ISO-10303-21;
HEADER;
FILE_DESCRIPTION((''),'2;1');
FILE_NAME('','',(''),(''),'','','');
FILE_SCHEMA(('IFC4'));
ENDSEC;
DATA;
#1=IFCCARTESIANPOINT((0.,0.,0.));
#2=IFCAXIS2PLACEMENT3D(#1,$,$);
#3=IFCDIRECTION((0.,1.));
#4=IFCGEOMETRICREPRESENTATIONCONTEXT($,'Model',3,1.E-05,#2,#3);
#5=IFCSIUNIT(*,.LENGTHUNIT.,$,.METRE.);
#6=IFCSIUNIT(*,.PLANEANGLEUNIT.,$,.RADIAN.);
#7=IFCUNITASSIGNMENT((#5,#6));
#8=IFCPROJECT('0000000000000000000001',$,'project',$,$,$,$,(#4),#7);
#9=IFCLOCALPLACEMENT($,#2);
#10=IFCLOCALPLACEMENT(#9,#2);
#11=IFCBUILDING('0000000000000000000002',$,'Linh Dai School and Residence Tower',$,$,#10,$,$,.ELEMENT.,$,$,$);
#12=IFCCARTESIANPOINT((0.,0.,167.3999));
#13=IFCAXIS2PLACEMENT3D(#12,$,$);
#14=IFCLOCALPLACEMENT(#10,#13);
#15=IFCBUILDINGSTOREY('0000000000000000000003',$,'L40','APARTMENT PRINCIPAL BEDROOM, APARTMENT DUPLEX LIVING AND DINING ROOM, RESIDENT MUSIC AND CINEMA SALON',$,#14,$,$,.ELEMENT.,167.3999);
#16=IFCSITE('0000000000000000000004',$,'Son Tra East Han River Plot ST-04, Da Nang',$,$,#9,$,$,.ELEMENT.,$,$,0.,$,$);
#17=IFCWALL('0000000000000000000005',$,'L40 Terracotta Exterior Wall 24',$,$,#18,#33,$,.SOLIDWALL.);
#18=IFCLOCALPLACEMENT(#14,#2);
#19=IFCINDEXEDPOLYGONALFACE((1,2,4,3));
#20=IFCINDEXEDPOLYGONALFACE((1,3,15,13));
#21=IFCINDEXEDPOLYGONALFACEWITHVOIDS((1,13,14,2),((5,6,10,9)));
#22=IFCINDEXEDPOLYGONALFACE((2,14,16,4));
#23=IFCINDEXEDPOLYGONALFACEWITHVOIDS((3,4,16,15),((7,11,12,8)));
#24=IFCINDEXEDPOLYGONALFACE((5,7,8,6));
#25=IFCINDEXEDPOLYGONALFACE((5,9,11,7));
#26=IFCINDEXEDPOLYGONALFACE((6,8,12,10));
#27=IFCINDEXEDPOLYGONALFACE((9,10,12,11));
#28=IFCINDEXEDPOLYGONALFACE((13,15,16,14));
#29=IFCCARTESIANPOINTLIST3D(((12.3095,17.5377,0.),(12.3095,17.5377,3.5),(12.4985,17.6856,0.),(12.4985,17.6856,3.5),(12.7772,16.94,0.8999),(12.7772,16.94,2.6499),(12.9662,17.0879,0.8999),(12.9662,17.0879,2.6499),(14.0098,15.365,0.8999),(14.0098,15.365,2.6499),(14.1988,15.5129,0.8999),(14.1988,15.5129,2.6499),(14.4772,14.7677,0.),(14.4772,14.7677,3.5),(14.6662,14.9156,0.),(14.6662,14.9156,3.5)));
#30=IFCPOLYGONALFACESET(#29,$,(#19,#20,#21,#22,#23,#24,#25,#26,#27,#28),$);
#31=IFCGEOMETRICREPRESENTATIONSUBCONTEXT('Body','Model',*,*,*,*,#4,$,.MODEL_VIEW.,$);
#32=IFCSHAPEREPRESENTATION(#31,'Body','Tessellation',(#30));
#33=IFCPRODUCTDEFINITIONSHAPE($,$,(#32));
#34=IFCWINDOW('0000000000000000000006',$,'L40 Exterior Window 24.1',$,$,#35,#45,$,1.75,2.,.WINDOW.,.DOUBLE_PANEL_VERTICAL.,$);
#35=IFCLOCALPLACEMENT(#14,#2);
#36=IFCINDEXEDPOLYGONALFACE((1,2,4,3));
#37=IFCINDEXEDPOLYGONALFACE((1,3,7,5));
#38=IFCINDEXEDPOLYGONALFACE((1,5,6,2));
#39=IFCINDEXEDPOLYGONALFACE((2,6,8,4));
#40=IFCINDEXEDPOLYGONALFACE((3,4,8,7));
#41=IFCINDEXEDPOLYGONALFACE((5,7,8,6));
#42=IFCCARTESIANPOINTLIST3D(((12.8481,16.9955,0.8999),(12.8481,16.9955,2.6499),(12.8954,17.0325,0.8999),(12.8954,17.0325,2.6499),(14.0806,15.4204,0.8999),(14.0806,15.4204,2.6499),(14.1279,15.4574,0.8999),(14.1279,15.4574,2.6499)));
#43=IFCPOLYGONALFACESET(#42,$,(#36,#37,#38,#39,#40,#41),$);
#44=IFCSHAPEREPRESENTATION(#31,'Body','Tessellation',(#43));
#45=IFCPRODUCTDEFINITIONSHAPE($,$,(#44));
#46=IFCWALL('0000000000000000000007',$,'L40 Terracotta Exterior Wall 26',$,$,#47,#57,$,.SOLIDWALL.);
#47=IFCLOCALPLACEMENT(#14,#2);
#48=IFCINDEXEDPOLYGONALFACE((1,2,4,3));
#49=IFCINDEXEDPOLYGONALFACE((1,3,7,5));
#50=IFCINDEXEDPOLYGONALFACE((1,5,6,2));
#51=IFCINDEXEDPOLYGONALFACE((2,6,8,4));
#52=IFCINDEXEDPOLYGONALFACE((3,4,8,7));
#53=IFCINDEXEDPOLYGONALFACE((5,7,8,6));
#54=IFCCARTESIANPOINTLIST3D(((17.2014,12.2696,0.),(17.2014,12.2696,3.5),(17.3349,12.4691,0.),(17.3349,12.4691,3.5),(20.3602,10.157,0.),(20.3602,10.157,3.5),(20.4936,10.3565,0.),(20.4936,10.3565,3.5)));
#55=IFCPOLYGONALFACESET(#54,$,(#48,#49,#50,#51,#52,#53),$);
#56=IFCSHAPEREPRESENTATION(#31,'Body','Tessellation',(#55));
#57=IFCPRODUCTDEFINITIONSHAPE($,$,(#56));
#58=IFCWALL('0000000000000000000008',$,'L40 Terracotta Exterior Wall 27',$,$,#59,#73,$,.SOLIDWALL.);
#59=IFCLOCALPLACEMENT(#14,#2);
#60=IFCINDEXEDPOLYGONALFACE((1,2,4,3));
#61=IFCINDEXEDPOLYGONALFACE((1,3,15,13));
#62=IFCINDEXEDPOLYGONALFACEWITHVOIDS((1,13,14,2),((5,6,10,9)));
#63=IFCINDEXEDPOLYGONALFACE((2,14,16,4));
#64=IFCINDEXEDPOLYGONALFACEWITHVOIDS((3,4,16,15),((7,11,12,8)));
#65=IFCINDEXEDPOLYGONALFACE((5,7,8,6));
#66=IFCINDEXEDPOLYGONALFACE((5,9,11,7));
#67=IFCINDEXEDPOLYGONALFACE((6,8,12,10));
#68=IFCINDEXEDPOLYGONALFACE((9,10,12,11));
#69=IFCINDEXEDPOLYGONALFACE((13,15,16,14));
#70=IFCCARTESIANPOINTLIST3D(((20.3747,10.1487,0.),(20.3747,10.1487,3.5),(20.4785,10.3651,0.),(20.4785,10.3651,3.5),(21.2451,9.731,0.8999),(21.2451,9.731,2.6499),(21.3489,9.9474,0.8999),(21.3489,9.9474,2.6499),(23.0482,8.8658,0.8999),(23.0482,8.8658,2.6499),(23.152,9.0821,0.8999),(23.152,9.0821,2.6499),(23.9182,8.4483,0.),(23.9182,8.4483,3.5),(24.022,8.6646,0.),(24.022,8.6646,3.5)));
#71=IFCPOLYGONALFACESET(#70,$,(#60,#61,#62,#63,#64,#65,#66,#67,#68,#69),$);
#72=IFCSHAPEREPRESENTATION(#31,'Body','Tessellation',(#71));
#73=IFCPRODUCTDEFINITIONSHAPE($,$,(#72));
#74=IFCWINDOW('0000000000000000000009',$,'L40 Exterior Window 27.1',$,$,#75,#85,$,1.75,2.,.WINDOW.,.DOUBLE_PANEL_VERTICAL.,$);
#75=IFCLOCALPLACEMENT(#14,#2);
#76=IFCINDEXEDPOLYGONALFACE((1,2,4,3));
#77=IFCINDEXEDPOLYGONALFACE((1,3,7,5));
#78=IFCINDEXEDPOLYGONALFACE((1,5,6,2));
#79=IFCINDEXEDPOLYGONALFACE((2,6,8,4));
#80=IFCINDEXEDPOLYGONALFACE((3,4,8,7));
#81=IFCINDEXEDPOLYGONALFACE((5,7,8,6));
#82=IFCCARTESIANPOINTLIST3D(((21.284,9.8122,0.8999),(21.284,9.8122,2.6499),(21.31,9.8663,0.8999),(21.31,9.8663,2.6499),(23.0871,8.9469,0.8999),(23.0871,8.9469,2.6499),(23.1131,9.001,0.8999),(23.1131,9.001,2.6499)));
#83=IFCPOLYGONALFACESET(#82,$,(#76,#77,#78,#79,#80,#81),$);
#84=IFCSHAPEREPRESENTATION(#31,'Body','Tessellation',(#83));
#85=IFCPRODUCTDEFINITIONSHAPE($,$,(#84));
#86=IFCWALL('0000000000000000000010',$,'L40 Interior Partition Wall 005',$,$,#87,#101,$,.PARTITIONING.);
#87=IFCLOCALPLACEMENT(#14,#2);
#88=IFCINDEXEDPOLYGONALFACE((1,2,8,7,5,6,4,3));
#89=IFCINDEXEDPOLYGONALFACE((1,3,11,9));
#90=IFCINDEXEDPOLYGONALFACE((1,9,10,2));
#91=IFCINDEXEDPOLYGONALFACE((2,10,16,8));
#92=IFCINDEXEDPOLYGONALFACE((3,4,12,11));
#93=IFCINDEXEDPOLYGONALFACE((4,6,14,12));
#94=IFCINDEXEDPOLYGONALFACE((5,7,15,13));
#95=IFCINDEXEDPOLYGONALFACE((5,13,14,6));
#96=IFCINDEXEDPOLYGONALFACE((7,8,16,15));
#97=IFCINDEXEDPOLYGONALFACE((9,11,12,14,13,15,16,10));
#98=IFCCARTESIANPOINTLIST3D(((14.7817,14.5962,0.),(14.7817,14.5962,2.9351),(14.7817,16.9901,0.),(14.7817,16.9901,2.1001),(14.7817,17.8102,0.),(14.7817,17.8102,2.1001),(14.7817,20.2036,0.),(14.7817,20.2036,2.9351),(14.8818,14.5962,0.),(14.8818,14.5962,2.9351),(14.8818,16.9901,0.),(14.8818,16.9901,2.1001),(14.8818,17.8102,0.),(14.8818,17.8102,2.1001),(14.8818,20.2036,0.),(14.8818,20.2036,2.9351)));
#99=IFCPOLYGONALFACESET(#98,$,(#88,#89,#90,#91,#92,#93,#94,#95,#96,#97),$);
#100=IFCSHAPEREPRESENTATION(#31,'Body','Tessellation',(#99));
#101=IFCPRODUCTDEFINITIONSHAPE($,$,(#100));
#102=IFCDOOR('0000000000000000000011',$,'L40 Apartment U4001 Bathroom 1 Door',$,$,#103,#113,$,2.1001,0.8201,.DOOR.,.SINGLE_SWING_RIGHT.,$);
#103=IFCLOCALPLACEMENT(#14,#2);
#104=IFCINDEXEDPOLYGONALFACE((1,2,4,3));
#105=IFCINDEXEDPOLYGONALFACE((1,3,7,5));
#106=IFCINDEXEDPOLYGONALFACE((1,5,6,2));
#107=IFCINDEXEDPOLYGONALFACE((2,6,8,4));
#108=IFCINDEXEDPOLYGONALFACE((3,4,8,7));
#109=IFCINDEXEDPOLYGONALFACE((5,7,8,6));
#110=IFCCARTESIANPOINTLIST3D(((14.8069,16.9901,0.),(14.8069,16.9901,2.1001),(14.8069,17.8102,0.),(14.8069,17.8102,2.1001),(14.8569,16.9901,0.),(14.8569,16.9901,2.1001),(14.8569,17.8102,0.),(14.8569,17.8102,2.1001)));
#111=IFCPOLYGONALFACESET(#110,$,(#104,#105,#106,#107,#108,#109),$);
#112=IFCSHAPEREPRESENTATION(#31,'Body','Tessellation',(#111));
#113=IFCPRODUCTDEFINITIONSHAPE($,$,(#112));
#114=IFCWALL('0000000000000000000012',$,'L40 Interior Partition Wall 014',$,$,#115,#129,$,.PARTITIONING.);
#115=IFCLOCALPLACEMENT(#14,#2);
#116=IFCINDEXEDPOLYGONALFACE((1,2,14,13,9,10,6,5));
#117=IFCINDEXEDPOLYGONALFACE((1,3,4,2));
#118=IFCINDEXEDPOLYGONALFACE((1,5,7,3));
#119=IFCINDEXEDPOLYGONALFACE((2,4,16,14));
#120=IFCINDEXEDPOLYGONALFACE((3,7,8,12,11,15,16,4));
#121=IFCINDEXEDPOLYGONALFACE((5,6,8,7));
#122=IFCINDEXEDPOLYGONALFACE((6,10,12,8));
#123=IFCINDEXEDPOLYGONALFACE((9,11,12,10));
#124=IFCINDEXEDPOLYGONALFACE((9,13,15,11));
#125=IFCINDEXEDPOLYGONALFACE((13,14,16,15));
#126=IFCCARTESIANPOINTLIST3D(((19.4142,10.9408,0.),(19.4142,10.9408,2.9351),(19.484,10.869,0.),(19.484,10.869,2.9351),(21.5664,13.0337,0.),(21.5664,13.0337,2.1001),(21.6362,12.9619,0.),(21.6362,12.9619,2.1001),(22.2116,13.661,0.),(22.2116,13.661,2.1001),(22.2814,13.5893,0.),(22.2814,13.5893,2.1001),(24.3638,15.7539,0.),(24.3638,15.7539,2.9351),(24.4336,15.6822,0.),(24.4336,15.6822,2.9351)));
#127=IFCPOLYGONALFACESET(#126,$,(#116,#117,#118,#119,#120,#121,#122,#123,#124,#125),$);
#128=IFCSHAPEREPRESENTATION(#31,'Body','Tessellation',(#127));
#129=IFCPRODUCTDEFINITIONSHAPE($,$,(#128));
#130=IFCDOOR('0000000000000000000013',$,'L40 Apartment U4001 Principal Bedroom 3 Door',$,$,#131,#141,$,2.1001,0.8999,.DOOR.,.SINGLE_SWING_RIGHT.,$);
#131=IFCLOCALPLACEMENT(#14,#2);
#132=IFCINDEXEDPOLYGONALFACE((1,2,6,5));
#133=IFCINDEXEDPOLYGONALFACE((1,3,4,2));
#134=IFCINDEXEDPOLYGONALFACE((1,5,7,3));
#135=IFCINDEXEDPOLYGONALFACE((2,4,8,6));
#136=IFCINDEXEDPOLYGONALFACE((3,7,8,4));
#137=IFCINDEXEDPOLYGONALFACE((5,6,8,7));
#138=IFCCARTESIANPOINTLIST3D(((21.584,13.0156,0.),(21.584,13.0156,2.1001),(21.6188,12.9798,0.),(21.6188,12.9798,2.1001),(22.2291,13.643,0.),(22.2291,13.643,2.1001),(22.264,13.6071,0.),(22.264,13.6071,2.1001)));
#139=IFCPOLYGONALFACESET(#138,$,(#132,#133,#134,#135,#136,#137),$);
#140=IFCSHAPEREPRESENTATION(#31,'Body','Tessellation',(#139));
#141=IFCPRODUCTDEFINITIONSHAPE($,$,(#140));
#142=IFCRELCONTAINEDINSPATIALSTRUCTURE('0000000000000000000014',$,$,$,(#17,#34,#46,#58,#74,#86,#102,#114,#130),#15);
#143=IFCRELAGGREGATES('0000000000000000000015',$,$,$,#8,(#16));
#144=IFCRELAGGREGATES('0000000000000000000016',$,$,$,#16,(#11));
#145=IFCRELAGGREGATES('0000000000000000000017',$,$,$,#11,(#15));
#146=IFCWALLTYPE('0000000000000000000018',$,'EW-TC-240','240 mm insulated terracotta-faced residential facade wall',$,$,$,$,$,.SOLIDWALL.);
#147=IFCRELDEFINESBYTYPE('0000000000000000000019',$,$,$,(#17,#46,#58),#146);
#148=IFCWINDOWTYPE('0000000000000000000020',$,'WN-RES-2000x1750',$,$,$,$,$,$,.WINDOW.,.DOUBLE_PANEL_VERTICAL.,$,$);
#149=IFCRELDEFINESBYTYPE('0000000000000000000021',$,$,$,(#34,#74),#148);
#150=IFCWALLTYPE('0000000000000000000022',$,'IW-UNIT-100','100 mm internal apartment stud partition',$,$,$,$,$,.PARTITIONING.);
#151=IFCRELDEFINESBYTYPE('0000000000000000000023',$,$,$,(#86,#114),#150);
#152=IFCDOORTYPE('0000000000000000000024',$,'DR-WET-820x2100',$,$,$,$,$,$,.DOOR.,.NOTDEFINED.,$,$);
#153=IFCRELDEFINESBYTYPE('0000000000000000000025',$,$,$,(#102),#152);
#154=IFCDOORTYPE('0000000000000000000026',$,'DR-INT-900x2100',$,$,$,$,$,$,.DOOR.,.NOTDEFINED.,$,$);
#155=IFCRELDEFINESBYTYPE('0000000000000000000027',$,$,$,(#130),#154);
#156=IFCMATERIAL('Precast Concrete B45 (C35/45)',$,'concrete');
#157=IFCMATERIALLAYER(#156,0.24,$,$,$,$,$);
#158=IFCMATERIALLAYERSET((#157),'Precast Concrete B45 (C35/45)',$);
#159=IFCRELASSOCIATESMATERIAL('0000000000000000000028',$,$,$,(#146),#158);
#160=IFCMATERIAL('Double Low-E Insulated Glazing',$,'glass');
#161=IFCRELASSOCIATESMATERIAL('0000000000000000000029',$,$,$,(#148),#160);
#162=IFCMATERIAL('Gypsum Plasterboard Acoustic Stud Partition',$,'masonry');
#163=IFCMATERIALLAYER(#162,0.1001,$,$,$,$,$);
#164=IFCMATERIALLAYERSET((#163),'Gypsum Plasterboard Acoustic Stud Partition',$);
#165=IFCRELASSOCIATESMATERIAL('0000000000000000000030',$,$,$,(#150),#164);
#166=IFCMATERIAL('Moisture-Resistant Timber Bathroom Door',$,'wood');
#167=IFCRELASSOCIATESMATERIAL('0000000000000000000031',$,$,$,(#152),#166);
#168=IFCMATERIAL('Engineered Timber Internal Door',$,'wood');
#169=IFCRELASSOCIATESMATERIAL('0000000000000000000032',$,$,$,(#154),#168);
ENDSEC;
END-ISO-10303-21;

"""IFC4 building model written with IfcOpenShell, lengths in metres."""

from ifc_helpers import new_model, si_unit, direction, frame, frame_2d, origin, origin_2d, place, context, subcontext, project, spatial, rectangle, extrude, source, transform, mapped, material, layer, layer_set, type_object, element, fill, save


model = new_model("IFC4")

# Units and contexts
model_context = context("Model", 3, precision=1e-05, world=origin(), true_north=direction((0.0, 1.0)))
body_context = subcontext(model_context, "Body", "Model", "MODEL_VIEW")
ifc_project = project(units=[si_unit("LENGTHUNIT", "METRE"), si_unit("PLANEANGLEUNIT", "RADIAN")], contexts=[model_context])

# Site, building, storey
site_placement = place(None, origin())
site = spatial("IfcSite", under=ifc_project, at=site_placement, Name="Son Tra East Han River Plot ST-04, Da Nang", CompositionType="ELEMENT", RefElevation=0.0)
building_placement = place(site_placement, origin())
building = spatial("IfcBuilding", under=site, at=building_placement, Name="Linh Dai School and Residence Tower", CompositionType="ELEMENT")
storey_placement = place(building_placement, frame((0.0, 0.0, 167.3999)))
storey = spatial("IfcBuildingStorey", under=building, at=storey_placement, Name="L40", Description="APARTMENT PRINCIPAL BEDROOM, APARTMENT DUPLEX LIVING AND DINING ROOM, RESIDENT MUSIC AND CINEMA SALON", CompositionType="ELEMENT", Elevation=167.3999)

# Shared definitions
ifc_material_1 = material(Name="Precast Concrete B45 (C35/45)", Category="concrete")

# Wall, opening, window
ifc_layer_1 = layer(ifc_material_1, 0.24)
ifc_layer_set_1 = layer_set([ifc_layer_1], Name="Precast Concrete B45 (C35/45)")
wall_type_1 = type_object("IfcWallType", Name="EW-TC-240", Description="240 mm insulated terracotta-faced residential facade wall", PredefinedType="SOLIDWALL", material=ifc_layer_set_1)
wall_1_placement = place(storey_placement, frame((14.5718, 14.8416, 0.0), z_axis=(0.0, 0.0, 1.0), x_axis=(-0.616288, 0.787521, 0.0)))
wall_1 = element("IfcWall", 1, at=wall_1_placement, inside=storey, type_object=wall_type_1, Name="L40 Terracotta Exterior Wall 24", PredefinedType="SOLIDWALL", context=body_context, shape_type="SweptSolid", body=[
    extrude(rectangle(XDim=3.5173, YDim=0.24, at=frame_2d((1.7588, 0.0))), origin(), (0.0, 0.0, 1.0), 3.5),
])
opening_1_placement = place(wall_1_placement, frame((0.7585, 0.0, 0.8999)))
opening_1 = element("IfcOpeningElement", 2, at=opening_1_placement, cuts=wall_1, PredefinedType="OPENING", context=body_context, shape_type="SweptSolid", body=[
    extrude(rectangle(XDim=2.0, YDim=1.75, at=origin_2d()), frame((1.0, 0.1299, 0.875), z_axis=(0.0, -1.0, 0.0), x_axis=(1.0, 0.0, 0.0)), (0.0, 0.0, 1.0), 0.26),
])
ifc_material_2 = material(Name="Double Low-E Insulated Glazing", Category="glass")
window_type = type_object("IfcWindowType", Name="WN-RES-2000x1750", PartitioningType="DOUBLE_PANEL_VERTICAL", PredefinedType="WINDOW", material=ifc_material_2)
shared_shape_1 = source(origin(), body_context, "Body", "SweptSolid", [
    extrude(rectangle(XDim=2.0, YDim=1.75, at=origin_2d()), frame((1.0, 0.03, 0.875), z_axis=(0.0, -1.0, 0.0), x_axis=(1.0, 0.0, 0.0)), (0.0, 0.0, 1.0), 0.0601),
])
window_1_placement = place(opening_1_placement, origin())
window_1 = element("IfcWindow", 3, at=window_1_placement, inside=storey, type_object=window_type, Name="L40 Exterior Window 24.1", OverallHeight=1.75, OverallWidth=2.0, PartitioningType="DOUBLE_PANEL_VERTICAL", PredefinedType="WINDOW", context=body_context, shape_type="MappedRepresentation", body=[
    mapped(shared_shape_1, transform((0.0, 0.0, 0.0), x_axis=(1.0, 0.0, 0.0), y_axis=(0.0, 1.0, 0.0), z_axis=(0.0, 0.0, 1.0), scale=1.0)),
])
fill(opening_1, window_1)

# Wall
wall_2_placement = place(storey_placement, frame((20.4268, 10.2568, 0.0), z_axis=(0.0, 0.0, 1.0), x_axis=(-0.831229, 0.55593, 0.0)))
element("IfcWall", 4, at=wall_2_placement, inside=storey, type_object=wall_type_1, Name="L40 Terracotta Exterior Wall 26", PredefinedType="SOLIDWALL", context=body_context, shape_type="SweptSolid", body=[
    extrude(rectangle(XDim=3.8, YDim=0.24, at=frame_2d((1.8999, 0.0))), origin(), (0.0, 0.0, 1.0), 3.5),
])

# Wall, opening, window
wall_3_placement = place(storey_placement, frame((23.9702, 8.5564, 0.0), z_axis=(0.0, 0.0, 1.0), x_axis=(-0.901565, 0.432644, 0.0)))
wall_3 = element("IfcWall", 5, at=wall_3_placement, inside=storey, type_object=wall_type_1, Name="L40 Terracotta Exterior Wall 27", PredefinedType="SOLIDWALL", context=body_context, shape_type="SweptSolid", body=[
    extrude(rectangle(XDim=3.9304, YDim=0.24, at=frame_2d((1.9653, 0.0))), origin(), (0.0, 0.0, 1.0), 3.5),
])
opening_2_placement = place(wall_3_placement, frame((0.9651, 0.0, 0.8999)))
opening_2 = element("IfcOpeningElement", 6, at=opening_2_placement, cuts=wall_3, PredefinedType="OPENING", context=body_context, shape_type="SweptSolid", body=[
    extrude(rectangle(XDim=2.0, YDim=1.75, at=origin_2d()), frame((1.0, 0.1299, 0.875), z_axis=(0.0, -1.0, 0.0), x_axis=(1.0, 0.0, 0.0)), (0.0, 0.0, 1.0), 0.26),
])
window_2_placement = place(opening_2_placement, origin())
window_2 = element("IfcWindow", 7, at=window_2_placement, inside=storey, type_object=window_type, Name="L40 Exterior Window 27.1", OverallHeight=1.75, OverallWidth=2.0, PartitioningType="DOUBLE_PANEL_VERTICAL", PredefinedType="WINDOW", context=body_context, shape_type="MappedRepresentation", body=[
    mapped(shared_shape_1, transform((0.0, 0.0, 0.0), x_axis=(1.0, 0.0, 0.0), y_axis=(0.0, 1.0, 0.0), z_axis=(0.0, 0.0, 1.0), scale=1.0)),
])
fill(opening_2, window_2)

# Walls, openings, doors
ifc_material_3 = material(Name="Gypsum Plasterboard Acoustic Stud Partition", Category="masonry")
ifc_layer_2 = layer(ifc_material_3, 0.1001)
ifc_layer_set_2 = layer_set([ifc_layer_2], Name="Gypsum Plasterboard Acoustic Stud Partition")
wall_type_2 = type_object("IfcWallType", Name="IW-UNIT-100", Description="100 mm internal apartment stud partition", PredefinedType="PARTITIONING", material=ifc_layer_set_2)
wall_4_placement = place(storey_placement, frame((14.8318, 14.5962, 0.0), z_axis=(0.0, 0.0, 1.0), x_axis=(0.0, 1.0, 0.0)))
wall_4 = element("IfcWall", 8, at=wall_4_placement, inside=storey, type_object=wall_type_2, Name="L40 Interior Partition Wall 005", PredefinedType="PARTITIONING", context=body_context, shape_type="SweptSolid", body=[
    extrude(rectangle(XDim=5.6074, YDim=0.1001, at=frame_2d((2.8037, 0.0))), origin(), (0.0, 0.0, 1.0), 2.9351),
])
opening_3_placement = place(wall_4_placement, frame((2.3938, 0.0, 0.0)))
opening_3 = element("IfcOpeningElement", 9, at=opening_3_placement, cuts=wall_4, PredefinedType="OPENING", context=body_context, shape_type="SweptSolid", body=[
    extrude(rectangle(XDim=0.8201, YDim=2.1001, at=origin_2d()), frame((0.4102, 0.0601, 1.05), z_axis=(0.0, -1.0, 0.0), x_axis=(1.0, 0.0, 0.0)), (0.0, 0.0, 1.0), 0.1201),
])
ifc_material_4 = material(Name="Moisture-Resistant Timber Bathroom Door", Category="wood")
door_type_1 = type_object("IfcDoorType", Name="DR-WET-820x2100", OperationType="NOTDEFINED", PredefinedType="DOOR", material=ifc_material_4)
shared_shape_2 = source(origin(), body_context, "Body", "SweptSolid", [
    extrude(rectangle(XDim=0.8201, YDim=2.1001, at=origin_2d()), frame((0.4102, 0.0249, 1.05), z_axis=(0.0, -1.0, 0.0), x_axis=(1.0, 0.0, 0.0)), (0.0, 0.0, 1.0), 0.05),
])
door_1_placement = place(opening_3_placement, origin())
door_1 = element("IfcDoor", 10, at=door_1_placement, inside=storey, type_object=door_type_1, Name="L40 Apartment U4001 Bathroom 1 Door", OperationType="SINGLE_SWING_RIGHT", OverallHeight=2.1001, OverallWidth=0.8201, PredefinedType="DOOR", context=body_context, shape_type="MappedRepresentation", body=[
    mapped(shared_shape_2, transform((0.0, 0.0, 0.0), x_axis=(1.0, 0.0, 0.0), y_axis=(0.0, 1.0, 0.0), z_axis=(0.0, 0.0, 1.0), scale=1.0)),
])
fill(opening_3, door_1)
wall_5_placement = place(storey_placement, frame((19.449, 10.9048, 0.0), z_axis=(0.0, 0.0, 1.0), x_axis=(0.716921, 0.697154, 0.0)))
wall_5 = element("IfcWall", 11, at=wall_5_placement, inside=storey, type_object=wall_type_2, Name="L40 Interior Partition Wall 014", PredefinedType="PARTITIONING", context=body_context, shape_type="SweptSolid", body=[
    extrude(rectangle(XDim=6.9041, YDim=0.1001, at=frame_2d((3.4521, 0.0))), origin(), (0.0, 0.0, 1.0), 2.9351),
])
opening_4_placement = place(wall_5_placement, frame((3.0022, 0.0, 0.0)))
opening_4 = element("IfcOpeningElement", 12, at=opening_4_placement, cuts=wall_5, PredefinedType="OPENING", context=body_context, shape_type="SweptSolid", body=[
    extrude(rectangle(XDim=0.8999, YDim=2.1001, at=origin_2d()), frame((0.45, 0.0601, 1.05), z_axis=(0.0, -1.0, 0.0), x_axis=(1.0, 0.0, 0.0)), (0.0, 0.0, 1.0), 0.1201),
])
ifc_material_5 = material(Name="Engineered Timber Internal Door", Category="wood")
door_type_2 = type_object("IfcDoorType", Name="DR-INT-900x2100", OperationType="NOTDEFINED", PredefinedType="DOOR", material=ifc_material_5)
shared_shape_3 = source(origin(), body_context, "Body", "SweptSolid", [
    extrude(rectangle(XDim=0.8999, YDim=2.1001, at=origin_2d()), frame((0.45, 0.0249, 1.05), z_axis=(0.0, -1.0, 0.0), x_axis=(1.0, 0.0, 0.0)), (0.0, 0.0, 1.0), 0.05),
])
door_2_placement = place(opening_4_placement, origin())
door_2 = element("IfcDoor", 13, at=door_2_placement, inside=storey, type_object=door_type_2, Name="L40 Apartment U4001 Principal Bedroom 3 Door", OperationType="SINGLE_SWING_RIGHT", OverallHeight=2.1001, OverallWidth=0.8999, PredefinedType="DOOR", context=body_context, shape_type="MappedRepresentation", body=[
    mapped(shared_shape_3, transform((0.0, 0.0, 0.0), x_axis=(1.0, 0.0, 0.0), y_axis=(0.0, 1.0, 0.0), z_axis=(0.0, 0.0, 1.0), scale=1.0)),
])
fill(opening_4, door_2)

save(model, "model.ifc")
